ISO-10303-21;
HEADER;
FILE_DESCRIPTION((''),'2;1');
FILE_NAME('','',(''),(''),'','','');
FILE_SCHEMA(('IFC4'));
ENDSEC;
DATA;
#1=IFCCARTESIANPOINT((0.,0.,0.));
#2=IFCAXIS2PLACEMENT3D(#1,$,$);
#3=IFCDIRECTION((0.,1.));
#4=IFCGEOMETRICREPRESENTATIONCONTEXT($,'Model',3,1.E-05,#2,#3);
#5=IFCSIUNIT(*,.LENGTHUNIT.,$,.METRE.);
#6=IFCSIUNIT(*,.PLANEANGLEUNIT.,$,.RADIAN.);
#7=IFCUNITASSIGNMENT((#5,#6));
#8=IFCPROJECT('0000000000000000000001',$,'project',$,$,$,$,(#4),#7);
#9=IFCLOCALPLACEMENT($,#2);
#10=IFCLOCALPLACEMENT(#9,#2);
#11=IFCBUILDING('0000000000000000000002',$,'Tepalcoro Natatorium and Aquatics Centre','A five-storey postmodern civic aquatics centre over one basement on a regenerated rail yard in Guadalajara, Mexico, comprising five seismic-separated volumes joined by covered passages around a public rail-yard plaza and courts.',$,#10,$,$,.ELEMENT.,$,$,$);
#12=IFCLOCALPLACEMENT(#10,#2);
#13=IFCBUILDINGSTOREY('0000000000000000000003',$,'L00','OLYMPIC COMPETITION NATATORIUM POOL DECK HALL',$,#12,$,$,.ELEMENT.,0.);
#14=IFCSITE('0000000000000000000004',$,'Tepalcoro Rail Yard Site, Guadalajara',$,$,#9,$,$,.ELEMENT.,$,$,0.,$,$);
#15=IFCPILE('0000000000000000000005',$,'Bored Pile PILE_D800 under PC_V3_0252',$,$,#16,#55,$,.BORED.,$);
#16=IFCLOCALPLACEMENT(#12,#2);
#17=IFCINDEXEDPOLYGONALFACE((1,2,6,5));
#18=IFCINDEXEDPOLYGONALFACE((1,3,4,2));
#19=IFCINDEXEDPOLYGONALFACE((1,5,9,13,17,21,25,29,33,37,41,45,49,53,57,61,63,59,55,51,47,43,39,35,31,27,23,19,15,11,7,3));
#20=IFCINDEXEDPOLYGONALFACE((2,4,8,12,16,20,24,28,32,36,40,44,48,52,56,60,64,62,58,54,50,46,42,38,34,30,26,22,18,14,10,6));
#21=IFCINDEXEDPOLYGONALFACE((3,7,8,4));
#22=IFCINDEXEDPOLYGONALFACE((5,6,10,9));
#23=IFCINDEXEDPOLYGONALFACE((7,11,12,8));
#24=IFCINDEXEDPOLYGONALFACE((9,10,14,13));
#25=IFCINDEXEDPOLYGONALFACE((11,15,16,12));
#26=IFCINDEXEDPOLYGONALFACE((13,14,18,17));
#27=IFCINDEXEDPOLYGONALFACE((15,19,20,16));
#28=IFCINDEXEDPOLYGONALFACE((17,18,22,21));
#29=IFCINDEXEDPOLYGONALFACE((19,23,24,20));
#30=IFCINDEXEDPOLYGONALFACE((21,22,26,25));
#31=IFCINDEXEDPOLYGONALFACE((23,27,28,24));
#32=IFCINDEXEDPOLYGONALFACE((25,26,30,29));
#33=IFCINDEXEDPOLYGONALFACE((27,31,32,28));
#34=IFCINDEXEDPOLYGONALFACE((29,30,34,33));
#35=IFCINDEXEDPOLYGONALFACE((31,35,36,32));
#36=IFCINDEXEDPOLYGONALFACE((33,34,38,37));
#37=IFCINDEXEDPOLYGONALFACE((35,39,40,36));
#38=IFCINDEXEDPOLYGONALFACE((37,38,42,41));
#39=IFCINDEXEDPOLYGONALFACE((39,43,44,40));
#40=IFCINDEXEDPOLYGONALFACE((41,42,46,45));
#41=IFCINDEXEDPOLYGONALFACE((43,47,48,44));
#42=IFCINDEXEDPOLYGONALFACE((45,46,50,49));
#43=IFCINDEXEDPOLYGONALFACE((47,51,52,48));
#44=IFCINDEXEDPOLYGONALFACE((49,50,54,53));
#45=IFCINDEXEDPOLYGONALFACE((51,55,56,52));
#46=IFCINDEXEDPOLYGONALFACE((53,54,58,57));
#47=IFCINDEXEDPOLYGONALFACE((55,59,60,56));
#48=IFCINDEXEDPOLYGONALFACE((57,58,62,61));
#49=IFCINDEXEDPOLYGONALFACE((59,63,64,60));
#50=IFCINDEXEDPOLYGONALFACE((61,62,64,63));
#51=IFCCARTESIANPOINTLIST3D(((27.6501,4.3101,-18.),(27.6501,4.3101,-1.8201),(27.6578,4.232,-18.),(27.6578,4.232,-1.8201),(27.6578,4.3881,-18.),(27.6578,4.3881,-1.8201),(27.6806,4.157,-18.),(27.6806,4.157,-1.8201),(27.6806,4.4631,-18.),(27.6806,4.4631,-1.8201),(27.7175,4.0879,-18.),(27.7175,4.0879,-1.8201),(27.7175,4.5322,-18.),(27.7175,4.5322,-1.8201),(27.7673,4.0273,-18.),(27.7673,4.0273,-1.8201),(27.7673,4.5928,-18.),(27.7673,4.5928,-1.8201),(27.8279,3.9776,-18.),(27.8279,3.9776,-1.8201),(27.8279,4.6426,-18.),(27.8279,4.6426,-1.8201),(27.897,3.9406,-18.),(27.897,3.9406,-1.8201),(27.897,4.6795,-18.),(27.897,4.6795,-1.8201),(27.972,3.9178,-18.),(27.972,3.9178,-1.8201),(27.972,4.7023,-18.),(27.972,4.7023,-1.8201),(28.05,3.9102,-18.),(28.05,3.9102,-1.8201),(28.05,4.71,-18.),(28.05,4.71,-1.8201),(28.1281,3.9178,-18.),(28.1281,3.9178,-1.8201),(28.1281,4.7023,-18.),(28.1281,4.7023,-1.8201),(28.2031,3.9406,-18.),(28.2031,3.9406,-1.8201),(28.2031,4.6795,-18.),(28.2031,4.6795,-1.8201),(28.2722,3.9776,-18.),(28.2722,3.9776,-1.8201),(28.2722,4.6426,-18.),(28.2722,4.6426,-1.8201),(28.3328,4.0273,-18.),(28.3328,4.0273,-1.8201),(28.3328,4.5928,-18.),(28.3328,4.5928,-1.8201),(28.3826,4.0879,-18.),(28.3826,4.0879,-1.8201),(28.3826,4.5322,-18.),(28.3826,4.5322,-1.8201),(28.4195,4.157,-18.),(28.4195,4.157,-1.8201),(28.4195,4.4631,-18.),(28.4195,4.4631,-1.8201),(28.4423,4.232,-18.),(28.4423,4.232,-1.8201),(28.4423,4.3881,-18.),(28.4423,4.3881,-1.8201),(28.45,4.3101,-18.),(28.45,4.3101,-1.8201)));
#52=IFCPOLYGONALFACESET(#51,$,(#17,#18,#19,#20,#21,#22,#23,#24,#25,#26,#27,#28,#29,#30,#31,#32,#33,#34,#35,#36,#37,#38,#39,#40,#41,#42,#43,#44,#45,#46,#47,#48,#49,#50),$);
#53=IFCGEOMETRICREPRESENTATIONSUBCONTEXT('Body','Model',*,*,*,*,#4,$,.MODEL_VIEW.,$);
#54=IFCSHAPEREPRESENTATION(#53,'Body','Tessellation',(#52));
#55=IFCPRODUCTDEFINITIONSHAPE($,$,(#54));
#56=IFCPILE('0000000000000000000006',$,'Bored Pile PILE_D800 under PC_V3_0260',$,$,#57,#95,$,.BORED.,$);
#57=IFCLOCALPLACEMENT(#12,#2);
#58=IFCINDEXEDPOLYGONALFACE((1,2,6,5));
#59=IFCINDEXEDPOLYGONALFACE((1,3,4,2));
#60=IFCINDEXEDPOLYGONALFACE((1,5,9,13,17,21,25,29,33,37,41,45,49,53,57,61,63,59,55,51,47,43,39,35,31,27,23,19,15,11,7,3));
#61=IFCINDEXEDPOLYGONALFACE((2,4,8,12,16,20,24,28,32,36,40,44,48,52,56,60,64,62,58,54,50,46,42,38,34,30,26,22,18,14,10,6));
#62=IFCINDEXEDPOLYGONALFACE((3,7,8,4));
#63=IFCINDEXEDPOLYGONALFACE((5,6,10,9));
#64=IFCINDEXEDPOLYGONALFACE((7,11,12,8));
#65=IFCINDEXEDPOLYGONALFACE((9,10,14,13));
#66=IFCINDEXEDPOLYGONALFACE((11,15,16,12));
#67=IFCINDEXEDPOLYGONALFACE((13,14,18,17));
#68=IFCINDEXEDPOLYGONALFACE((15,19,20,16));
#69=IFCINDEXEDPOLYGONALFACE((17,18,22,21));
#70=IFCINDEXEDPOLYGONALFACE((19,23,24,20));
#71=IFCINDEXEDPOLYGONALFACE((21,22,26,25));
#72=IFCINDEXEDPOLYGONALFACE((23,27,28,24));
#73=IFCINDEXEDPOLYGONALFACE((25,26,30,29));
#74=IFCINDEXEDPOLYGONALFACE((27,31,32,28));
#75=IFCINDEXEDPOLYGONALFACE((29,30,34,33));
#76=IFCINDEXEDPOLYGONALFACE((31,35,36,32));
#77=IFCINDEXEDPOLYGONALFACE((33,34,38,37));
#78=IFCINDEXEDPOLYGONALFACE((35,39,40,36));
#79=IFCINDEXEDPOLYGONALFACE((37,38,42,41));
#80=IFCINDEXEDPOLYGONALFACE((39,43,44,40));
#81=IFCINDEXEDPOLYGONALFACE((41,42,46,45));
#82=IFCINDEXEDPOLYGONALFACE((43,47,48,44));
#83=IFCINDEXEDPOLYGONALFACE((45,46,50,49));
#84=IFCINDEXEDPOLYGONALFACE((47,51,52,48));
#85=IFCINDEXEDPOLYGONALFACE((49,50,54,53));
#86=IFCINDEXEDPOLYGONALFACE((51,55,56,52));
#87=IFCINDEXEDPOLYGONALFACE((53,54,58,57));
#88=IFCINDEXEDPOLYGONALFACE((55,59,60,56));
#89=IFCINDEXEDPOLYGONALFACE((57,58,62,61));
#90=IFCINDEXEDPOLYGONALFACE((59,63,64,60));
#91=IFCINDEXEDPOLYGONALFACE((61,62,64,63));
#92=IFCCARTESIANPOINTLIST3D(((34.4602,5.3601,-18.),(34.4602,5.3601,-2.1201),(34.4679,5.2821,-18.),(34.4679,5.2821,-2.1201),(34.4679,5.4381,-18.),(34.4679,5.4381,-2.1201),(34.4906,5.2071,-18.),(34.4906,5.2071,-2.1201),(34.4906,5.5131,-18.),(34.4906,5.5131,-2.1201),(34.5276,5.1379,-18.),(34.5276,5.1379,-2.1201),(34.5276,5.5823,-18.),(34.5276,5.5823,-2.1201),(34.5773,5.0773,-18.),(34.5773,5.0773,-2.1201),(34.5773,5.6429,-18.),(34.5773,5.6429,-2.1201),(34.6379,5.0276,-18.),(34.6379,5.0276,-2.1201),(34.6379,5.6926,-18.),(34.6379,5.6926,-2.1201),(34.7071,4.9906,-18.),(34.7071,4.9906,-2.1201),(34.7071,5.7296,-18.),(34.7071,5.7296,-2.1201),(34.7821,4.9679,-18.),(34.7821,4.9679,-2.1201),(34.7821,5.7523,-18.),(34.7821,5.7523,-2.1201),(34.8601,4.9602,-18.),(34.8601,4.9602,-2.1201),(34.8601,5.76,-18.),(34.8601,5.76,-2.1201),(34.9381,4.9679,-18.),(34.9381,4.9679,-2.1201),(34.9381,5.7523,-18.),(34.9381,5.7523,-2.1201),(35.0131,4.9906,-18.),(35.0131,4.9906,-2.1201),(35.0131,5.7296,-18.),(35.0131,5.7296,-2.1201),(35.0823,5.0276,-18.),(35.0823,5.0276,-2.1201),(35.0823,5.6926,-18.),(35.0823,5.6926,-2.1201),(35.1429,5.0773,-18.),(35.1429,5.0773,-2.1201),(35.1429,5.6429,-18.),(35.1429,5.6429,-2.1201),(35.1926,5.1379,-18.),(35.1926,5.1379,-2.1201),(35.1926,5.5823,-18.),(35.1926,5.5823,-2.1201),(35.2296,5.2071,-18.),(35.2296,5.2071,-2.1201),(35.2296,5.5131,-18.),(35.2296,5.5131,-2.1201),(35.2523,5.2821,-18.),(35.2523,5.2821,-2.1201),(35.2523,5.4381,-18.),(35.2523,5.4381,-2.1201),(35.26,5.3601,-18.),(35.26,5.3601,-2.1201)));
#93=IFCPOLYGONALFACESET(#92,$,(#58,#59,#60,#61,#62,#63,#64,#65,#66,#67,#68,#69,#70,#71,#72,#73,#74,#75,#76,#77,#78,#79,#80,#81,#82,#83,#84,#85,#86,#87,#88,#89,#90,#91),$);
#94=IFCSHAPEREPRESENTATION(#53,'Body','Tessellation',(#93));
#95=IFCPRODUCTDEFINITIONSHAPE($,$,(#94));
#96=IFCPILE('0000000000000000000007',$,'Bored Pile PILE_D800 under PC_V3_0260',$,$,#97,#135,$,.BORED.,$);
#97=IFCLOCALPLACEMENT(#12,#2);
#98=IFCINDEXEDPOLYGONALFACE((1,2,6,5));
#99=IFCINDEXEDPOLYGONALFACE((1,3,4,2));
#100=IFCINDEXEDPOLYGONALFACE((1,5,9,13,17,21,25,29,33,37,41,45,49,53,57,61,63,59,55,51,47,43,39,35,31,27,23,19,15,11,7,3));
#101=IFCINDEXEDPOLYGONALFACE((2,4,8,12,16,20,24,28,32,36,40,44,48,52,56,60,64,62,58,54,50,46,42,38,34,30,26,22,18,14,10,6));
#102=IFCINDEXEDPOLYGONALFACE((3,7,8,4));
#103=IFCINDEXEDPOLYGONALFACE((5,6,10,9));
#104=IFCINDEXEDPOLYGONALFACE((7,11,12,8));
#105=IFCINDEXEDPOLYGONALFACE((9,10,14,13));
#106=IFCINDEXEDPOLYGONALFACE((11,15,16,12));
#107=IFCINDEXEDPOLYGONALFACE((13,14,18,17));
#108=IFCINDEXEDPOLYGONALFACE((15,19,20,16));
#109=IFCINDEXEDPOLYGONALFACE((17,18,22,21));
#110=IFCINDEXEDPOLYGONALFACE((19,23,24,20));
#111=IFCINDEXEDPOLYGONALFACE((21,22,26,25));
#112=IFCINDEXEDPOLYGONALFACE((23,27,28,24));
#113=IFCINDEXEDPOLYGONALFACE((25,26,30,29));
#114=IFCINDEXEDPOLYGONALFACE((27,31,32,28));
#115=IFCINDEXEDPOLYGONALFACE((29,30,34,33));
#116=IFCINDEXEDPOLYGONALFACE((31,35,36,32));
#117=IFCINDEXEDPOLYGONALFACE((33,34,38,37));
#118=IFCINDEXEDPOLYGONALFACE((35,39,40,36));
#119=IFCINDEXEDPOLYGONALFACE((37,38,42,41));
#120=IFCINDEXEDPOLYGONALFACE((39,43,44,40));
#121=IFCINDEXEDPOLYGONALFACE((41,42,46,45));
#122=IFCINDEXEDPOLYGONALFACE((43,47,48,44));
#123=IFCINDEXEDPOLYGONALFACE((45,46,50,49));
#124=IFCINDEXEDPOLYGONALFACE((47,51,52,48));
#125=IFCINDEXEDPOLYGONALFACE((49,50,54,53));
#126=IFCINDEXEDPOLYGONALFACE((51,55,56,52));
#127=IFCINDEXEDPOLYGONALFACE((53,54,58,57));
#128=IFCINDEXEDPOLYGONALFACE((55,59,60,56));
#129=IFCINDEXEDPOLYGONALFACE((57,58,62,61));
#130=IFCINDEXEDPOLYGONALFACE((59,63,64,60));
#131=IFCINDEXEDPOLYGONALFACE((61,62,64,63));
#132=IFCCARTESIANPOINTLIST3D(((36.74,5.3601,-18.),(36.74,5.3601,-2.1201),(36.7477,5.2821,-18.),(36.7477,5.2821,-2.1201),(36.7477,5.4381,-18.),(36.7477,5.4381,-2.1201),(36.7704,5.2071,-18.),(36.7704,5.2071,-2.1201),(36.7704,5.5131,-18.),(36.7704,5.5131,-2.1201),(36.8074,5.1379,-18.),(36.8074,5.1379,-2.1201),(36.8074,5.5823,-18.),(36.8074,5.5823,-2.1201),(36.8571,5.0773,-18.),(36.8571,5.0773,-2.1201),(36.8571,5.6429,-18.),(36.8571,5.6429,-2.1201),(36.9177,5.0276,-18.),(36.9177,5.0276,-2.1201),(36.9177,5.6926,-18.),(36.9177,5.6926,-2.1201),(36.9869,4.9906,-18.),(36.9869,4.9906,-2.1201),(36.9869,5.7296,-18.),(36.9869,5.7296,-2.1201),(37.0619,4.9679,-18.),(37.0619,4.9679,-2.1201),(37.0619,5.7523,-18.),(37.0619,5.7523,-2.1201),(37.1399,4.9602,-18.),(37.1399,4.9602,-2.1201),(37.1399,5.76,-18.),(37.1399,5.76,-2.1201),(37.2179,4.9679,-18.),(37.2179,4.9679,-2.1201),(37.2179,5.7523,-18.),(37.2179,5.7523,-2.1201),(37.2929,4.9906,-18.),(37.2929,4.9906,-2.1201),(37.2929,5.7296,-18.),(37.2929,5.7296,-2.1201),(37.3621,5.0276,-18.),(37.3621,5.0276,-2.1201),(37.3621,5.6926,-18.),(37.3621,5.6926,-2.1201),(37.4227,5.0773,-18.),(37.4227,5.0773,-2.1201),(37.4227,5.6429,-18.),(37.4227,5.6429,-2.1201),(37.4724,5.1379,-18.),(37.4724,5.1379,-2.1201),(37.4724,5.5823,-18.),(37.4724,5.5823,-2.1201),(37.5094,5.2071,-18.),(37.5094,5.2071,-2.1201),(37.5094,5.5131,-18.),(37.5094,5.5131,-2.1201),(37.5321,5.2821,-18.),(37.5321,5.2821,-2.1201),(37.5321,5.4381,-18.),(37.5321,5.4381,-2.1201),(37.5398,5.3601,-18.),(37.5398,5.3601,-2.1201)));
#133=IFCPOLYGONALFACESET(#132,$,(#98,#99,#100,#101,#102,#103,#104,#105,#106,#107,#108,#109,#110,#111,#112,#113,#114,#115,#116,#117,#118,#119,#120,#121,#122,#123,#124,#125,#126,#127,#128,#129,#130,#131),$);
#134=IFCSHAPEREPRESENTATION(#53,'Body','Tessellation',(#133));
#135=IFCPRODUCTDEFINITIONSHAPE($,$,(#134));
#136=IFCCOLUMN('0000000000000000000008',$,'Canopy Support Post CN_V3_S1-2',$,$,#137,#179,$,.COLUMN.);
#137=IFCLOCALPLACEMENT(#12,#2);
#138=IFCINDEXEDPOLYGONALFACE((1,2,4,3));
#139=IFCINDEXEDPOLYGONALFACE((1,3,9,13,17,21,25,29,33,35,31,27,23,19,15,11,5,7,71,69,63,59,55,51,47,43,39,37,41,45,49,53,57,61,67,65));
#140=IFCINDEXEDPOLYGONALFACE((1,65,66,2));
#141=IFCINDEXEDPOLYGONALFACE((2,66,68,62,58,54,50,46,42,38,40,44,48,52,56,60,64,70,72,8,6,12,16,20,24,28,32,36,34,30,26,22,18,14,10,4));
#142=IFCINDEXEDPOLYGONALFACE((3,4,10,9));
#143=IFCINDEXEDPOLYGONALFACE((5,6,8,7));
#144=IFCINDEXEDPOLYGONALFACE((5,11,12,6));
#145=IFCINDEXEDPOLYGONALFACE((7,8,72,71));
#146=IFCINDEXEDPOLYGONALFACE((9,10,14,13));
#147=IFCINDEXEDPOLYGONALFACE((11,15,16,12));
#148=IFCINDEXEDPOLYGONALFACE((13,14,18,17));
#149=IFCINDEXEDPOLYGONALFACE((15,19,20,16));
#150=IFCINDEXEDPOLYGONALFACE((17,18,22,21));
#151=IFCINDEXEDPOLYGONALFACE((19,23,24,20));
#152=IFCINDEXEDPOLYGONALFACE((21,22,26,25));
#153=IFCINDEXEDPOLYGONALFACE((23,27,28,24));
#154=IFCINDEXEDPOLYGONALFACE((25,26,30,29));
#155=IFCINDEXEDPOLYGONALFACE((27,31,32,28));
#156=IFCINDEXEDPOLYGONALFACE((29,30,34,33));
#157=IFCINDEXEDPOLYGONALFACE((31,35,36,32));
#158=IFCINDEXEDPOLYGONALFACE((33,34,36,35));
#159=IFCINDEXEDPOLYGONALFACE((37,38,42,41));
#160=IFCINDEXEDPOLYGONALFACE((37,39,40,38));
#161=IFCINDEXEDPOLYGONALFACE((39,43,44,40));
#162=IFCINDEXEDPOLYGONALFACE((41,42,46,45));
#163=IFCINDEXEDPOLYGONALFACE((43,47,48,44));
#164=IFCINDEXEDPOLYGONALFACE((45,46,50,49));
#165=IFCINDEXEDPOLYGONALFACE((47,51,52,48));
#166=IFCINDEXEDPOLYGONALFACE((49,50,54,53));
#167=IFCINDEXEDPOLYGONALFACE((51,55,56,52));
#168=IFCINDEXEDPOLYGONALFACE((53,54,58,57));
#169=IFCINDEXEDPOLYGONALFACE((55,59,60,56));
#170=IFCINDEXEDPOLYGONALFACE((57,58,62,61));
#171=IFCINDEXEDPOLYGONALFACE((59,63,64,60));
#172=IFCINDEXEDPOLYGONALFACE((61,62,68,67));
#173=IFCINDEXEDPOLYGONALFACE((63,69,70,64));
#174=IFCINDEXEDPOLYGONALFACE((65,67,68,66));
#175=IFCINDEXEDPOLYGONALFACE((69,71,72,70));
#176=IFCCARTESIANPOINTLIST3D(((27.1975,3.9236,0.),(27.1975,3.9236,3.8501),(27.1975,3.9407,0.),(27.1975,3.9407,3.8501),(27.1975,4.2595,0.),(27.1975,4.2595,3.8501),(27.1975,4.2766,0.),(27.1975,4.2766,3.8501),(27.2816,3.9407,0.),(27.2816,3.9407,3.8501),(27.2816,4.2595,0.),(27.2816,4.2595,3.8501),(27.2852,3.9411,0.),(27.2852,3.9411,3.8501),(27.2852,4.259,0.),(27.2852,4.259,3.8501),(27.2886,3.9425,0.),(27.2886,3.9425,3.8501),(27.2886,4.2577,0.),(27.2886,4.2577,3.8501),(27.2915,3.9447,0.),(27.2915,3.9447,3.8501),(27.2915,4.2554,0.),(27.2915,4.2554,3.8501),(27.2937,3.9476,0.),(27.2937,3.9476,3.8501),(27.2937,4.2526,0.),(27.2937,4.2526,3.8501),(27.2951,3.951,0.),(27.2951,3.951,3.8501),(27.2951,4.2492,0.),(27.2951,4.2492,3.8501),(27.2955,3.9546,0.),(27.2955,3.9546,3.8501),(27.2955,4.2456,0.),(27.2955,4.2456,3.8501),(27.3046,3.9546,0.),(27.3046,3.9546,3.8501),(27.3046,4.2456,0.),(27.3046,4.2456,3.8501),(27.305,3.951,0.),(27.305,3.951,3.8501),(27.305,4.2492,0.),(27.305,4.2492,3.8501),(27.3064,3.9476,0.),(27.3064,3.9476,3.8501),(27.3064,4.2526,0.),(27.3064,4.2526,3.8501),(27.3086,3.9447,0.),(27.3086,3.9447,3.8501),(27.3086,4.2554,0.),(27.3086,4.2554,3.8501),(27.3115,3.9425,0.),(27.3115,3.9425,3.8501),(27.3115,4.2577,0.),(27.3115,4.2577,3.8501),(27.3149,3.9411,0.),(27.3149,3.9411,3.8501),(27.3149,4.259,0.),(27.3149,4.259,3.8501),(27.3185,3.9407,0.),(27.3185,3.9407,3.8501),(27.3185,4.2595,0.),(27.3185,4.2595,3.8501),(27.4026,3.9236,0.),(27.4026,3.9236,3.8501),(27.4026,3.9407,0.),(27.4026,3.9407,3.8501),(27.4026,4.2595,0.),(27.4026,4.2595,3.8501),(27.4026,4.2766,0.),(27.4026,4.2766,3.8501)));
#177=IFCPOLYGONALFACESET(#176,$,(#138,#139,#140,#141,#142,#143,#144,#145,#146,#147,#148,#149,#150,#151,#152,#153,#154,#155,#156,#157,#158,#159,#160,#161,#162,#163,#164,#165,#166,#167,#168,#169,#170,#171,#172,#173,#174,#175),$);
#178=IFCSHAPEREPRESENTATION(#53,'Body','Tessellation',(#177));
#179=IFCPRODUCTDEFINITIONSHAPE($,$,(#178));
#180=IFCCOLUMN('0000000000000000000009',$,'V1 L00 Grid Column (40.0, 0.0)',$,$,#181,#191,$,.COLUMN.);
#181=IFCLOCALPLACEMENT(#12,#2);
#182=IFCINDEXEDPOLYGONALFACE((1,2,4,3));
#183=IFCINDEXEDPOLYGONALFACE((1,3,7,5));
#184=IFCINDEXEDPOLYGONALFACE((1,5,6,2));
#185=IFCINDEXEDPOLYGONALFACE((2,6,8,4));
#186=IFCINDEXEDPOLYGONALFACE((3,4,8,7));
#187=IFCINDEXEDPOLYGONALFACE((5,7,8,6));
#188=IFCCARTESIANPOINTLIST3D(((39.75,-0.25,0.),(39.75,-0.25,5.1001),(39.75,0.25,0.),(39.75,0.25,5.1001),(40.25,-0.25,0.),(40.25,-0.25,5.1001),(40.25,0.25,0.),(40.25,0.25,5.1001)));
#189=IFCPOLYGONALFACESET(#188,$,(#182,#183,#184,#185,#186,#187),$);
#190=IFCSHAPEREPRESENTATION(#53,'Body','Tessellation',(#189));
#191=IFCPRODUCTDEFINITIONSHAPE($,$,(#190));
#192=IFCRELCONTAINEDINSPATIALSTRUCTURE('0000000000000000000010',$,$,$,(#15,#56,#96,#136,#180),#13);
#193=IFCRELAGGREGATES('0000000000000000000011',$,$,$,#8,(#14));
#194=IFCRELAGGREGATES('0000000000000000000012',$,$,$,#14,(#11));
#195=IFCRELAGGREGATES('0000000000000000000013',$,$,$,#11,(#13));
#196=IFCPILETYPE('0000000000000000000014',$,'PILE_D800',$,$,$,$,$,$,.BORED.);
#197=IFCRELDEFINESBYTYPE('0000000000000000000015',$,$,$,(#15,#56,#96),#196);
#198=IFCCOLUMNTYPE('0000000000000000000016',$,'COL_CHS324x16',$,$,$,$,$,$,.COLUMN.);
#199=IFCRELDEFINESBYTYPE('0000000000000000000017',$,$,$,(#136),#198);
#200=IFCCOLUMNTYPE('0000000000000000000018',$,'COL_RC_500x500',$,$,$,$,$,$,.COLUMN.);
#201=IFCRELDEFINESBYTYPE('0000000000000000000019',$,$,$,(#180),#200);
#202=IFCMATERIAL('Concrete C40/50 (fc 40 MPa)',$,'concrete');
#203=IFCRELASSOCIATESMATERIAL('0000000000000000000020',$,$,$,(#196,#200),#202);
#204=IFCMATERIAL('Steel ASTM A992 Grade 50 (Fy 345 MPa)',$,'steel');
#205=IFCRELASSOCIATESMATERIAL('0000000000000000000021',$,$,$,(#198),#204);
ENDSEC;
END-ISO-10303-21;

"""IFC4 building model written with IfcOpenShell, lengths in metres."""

from ifc_helpers import new_model, si_unit, direction, frame, origin, origin_2d, place, context, subcontext, project, spatial, rectangle, circle, i_section, extrude, material, material_profile, profile_set, type_object, element, save


model = new_model("IFC4")

# Units and contexts
model_context = context("Model", 3, precision=1e-05, world=origin(), true_north=direction((0.0, 1.0)))
body_context = subcontext(model_context, "Body", "Model", "MODEL_VIEW")
ifc_project = project(units=[si_unit("LENGTHUNIT", "METRE"), si_unit("PLANEANGLEUNIT", "RADIAN")], contexts=[model_context])

# Site, building, storey
site_placement = place(None, origin())
site = spatial("IfcSite", under=ifc_project, at=site_placement, Name="Tepalcoro Rail Yard Site, Guadalajara", CompositionType="ELEMENT", RefElevation=0.0)
building_placement = place(site_placement, origin())
building = spatial("IfcBuilding", under=site, at=building_placement, Name="Tepalcoro Natatorium and Aquatics Centre", Description="A five-storey postmodern civic aquatics centre over one basement on a regenerated rail yard in Guadalajara, Mexico, comprising five seismic-separated volumes joined by covered passages around a public rail-yard plaza and courts.", CompositionType="ELEMENT")
storey_placement = place(building_placement, origin())
storey = spatial("IfcBuildingStorey", under=building, at=storey_placement, Name="L00", Description="OLYMPIC COMPETITION NATATORIUM POOL DECK HALL", CompositionType="ELEMENT", Elevation=0.0)

# Piles
ifc_material_1 = material(Name="Concrete C40/50 (fc 40 MPa)", Category="concrete")
ifc_material_profile_1 = material_profile(ifc_material_1, circle(Radius=0.3999, at=origin_2d()), Name="PILE_D800")
ifc_profile_set_1 = profile_set([ifc_material_profile_1], Name="Concrete C40/50 (fc 40 MPa)")
pile_type = type_object("IfcPileType", Name="PILE_D800", PredefinedType="BORED", material=ifc_profile_set_1)
pile_placement = place(storey_placement, frame((28.05, 4.3101, -1.8201), z_axis=(0.0, 0.0, -1.0), x_axis=(1.0, 0.0, 0.0)))
element("IfcPile", 1, at=pile_placement, inside=storey, type_object=pile_type, Name="Bored Pile PILE_D800 under PC_V3_0252", PredefinedType="BORED", context=body_context, shape_type="SweptSolid", body=[
    extrude(circle(Radius=0.3999, at=origin_2d()), origin(), (0.0, 0.0, 1.0), 16.1799),
])
for number, where, z_axis, x_axis, name in (
    (2, (34.8601, 5.3601, -2.1201), (0.0, 0.0, -1.0), (1.0, 0.0, 0.0), "Bored Pile PILE_D800 under PC_V3_0260"),
    (3, (37.1399, 5.3601, -2.1201), (0.0, 0.0, -1.0), (1.0, 0.0, 0.0), "Bored Pile PILE_D800 under PC_V3_0260"),
):
    element("IfcPile", number, at=place(storey_placement, frame(where, z_axis=z_axis, x_axis=x_axis)), inside=storey, type_object=pile_type, Name=name, PredefinedType="BORED", context=body_context, shape_type="SweptSolid", body=[
        extrude(circle(Radius=0.3999, at=origin_2d()), origin(), (0.0, 0.0, 1.0), 15.8799),
    ])

# Columns
ifc_material_2 = material(Name="Steel ASTM A992 Grade 50 (Fy 345 MPa)", Category="steel")
ifc_material_profile_2 = material_profile(ifc_material_2, i_section(OverallWidth=0.2051, OverallDepth=0.353, WebThickness=0.009, FlangeThickness=0.0171, FilletRadius=0.0139, at=origin_2d()), Name="W14X53")
ifc_profile_set_2 = profile_set([ifc_material_profile_2], Name="Steel ASTM A992 Grade 50 (Fy 345 MPa)")
column_type_1 = type_object("IfcColumnType", Name="COL_CHS324x16", PredefinedType="COLUMN", material=ifc_profile_set_2)
column_1_placement = place(storey_placement, frame((27.3, 4.1001, 0.0), z_axis=(0.0, 0.0, 1.0), x_axis=(1.0, 0.0, 0.0)))
element("IfcColumn", 4, at=column_1_placement, inside=storey, type_object=column_type_1, Name="Canopy Support Post CN_V3_S1-2", PredefinedType="COLUMN", context=body_context, shape_type="SweptSolid", body=[
    extrude(i_section(OverallWidth=0.2051, OverallDepth=0.353, WebThickness=0.009, FlangeThickness=0.0171, FilletRadius=0.0139, at=origin_2d()), origin(), (0.0, 0.0, 1.0), 3.8501),
])
ifc_material_profile_3 = material_profile(ifc_material_1, rectangle(XDim=0.5, YDim=0.5, at=origin_2d()), Name="RC500x500")
ifc_profile_set_3 = profile_set([ifc_material_profile_3], Name="Concrete C40/50 (fc 40 MPa)")
column_type_2 = type_object("IfcColumnType", Name="COL_RC_500x500", PredefinedType="COLUMN", material=ifc_profile_set_3)
column_2_placement = place(storey_placement, frame((40.0, 0.0, 0.0), z_axis=(0.0, 0.0, 1.0), x_axis=(1.0, 0.0, 0.0)))
element("IfcColumn", 5, at=column_2_placement, inside=storey, type_object=column_type_2, Name="V1 L00 Grid Column (40.0, 0.0)", PredefinedType="COLUMN", context=body_context, shape_type="SweptSolid", body=[
    extrude(rectangle(XDim=0.5, YDim=0.5, at=origin_2d()), origin(), (0.0, 0.0, 1.0), 5.1001),
])

save(model, "model.ifc")
